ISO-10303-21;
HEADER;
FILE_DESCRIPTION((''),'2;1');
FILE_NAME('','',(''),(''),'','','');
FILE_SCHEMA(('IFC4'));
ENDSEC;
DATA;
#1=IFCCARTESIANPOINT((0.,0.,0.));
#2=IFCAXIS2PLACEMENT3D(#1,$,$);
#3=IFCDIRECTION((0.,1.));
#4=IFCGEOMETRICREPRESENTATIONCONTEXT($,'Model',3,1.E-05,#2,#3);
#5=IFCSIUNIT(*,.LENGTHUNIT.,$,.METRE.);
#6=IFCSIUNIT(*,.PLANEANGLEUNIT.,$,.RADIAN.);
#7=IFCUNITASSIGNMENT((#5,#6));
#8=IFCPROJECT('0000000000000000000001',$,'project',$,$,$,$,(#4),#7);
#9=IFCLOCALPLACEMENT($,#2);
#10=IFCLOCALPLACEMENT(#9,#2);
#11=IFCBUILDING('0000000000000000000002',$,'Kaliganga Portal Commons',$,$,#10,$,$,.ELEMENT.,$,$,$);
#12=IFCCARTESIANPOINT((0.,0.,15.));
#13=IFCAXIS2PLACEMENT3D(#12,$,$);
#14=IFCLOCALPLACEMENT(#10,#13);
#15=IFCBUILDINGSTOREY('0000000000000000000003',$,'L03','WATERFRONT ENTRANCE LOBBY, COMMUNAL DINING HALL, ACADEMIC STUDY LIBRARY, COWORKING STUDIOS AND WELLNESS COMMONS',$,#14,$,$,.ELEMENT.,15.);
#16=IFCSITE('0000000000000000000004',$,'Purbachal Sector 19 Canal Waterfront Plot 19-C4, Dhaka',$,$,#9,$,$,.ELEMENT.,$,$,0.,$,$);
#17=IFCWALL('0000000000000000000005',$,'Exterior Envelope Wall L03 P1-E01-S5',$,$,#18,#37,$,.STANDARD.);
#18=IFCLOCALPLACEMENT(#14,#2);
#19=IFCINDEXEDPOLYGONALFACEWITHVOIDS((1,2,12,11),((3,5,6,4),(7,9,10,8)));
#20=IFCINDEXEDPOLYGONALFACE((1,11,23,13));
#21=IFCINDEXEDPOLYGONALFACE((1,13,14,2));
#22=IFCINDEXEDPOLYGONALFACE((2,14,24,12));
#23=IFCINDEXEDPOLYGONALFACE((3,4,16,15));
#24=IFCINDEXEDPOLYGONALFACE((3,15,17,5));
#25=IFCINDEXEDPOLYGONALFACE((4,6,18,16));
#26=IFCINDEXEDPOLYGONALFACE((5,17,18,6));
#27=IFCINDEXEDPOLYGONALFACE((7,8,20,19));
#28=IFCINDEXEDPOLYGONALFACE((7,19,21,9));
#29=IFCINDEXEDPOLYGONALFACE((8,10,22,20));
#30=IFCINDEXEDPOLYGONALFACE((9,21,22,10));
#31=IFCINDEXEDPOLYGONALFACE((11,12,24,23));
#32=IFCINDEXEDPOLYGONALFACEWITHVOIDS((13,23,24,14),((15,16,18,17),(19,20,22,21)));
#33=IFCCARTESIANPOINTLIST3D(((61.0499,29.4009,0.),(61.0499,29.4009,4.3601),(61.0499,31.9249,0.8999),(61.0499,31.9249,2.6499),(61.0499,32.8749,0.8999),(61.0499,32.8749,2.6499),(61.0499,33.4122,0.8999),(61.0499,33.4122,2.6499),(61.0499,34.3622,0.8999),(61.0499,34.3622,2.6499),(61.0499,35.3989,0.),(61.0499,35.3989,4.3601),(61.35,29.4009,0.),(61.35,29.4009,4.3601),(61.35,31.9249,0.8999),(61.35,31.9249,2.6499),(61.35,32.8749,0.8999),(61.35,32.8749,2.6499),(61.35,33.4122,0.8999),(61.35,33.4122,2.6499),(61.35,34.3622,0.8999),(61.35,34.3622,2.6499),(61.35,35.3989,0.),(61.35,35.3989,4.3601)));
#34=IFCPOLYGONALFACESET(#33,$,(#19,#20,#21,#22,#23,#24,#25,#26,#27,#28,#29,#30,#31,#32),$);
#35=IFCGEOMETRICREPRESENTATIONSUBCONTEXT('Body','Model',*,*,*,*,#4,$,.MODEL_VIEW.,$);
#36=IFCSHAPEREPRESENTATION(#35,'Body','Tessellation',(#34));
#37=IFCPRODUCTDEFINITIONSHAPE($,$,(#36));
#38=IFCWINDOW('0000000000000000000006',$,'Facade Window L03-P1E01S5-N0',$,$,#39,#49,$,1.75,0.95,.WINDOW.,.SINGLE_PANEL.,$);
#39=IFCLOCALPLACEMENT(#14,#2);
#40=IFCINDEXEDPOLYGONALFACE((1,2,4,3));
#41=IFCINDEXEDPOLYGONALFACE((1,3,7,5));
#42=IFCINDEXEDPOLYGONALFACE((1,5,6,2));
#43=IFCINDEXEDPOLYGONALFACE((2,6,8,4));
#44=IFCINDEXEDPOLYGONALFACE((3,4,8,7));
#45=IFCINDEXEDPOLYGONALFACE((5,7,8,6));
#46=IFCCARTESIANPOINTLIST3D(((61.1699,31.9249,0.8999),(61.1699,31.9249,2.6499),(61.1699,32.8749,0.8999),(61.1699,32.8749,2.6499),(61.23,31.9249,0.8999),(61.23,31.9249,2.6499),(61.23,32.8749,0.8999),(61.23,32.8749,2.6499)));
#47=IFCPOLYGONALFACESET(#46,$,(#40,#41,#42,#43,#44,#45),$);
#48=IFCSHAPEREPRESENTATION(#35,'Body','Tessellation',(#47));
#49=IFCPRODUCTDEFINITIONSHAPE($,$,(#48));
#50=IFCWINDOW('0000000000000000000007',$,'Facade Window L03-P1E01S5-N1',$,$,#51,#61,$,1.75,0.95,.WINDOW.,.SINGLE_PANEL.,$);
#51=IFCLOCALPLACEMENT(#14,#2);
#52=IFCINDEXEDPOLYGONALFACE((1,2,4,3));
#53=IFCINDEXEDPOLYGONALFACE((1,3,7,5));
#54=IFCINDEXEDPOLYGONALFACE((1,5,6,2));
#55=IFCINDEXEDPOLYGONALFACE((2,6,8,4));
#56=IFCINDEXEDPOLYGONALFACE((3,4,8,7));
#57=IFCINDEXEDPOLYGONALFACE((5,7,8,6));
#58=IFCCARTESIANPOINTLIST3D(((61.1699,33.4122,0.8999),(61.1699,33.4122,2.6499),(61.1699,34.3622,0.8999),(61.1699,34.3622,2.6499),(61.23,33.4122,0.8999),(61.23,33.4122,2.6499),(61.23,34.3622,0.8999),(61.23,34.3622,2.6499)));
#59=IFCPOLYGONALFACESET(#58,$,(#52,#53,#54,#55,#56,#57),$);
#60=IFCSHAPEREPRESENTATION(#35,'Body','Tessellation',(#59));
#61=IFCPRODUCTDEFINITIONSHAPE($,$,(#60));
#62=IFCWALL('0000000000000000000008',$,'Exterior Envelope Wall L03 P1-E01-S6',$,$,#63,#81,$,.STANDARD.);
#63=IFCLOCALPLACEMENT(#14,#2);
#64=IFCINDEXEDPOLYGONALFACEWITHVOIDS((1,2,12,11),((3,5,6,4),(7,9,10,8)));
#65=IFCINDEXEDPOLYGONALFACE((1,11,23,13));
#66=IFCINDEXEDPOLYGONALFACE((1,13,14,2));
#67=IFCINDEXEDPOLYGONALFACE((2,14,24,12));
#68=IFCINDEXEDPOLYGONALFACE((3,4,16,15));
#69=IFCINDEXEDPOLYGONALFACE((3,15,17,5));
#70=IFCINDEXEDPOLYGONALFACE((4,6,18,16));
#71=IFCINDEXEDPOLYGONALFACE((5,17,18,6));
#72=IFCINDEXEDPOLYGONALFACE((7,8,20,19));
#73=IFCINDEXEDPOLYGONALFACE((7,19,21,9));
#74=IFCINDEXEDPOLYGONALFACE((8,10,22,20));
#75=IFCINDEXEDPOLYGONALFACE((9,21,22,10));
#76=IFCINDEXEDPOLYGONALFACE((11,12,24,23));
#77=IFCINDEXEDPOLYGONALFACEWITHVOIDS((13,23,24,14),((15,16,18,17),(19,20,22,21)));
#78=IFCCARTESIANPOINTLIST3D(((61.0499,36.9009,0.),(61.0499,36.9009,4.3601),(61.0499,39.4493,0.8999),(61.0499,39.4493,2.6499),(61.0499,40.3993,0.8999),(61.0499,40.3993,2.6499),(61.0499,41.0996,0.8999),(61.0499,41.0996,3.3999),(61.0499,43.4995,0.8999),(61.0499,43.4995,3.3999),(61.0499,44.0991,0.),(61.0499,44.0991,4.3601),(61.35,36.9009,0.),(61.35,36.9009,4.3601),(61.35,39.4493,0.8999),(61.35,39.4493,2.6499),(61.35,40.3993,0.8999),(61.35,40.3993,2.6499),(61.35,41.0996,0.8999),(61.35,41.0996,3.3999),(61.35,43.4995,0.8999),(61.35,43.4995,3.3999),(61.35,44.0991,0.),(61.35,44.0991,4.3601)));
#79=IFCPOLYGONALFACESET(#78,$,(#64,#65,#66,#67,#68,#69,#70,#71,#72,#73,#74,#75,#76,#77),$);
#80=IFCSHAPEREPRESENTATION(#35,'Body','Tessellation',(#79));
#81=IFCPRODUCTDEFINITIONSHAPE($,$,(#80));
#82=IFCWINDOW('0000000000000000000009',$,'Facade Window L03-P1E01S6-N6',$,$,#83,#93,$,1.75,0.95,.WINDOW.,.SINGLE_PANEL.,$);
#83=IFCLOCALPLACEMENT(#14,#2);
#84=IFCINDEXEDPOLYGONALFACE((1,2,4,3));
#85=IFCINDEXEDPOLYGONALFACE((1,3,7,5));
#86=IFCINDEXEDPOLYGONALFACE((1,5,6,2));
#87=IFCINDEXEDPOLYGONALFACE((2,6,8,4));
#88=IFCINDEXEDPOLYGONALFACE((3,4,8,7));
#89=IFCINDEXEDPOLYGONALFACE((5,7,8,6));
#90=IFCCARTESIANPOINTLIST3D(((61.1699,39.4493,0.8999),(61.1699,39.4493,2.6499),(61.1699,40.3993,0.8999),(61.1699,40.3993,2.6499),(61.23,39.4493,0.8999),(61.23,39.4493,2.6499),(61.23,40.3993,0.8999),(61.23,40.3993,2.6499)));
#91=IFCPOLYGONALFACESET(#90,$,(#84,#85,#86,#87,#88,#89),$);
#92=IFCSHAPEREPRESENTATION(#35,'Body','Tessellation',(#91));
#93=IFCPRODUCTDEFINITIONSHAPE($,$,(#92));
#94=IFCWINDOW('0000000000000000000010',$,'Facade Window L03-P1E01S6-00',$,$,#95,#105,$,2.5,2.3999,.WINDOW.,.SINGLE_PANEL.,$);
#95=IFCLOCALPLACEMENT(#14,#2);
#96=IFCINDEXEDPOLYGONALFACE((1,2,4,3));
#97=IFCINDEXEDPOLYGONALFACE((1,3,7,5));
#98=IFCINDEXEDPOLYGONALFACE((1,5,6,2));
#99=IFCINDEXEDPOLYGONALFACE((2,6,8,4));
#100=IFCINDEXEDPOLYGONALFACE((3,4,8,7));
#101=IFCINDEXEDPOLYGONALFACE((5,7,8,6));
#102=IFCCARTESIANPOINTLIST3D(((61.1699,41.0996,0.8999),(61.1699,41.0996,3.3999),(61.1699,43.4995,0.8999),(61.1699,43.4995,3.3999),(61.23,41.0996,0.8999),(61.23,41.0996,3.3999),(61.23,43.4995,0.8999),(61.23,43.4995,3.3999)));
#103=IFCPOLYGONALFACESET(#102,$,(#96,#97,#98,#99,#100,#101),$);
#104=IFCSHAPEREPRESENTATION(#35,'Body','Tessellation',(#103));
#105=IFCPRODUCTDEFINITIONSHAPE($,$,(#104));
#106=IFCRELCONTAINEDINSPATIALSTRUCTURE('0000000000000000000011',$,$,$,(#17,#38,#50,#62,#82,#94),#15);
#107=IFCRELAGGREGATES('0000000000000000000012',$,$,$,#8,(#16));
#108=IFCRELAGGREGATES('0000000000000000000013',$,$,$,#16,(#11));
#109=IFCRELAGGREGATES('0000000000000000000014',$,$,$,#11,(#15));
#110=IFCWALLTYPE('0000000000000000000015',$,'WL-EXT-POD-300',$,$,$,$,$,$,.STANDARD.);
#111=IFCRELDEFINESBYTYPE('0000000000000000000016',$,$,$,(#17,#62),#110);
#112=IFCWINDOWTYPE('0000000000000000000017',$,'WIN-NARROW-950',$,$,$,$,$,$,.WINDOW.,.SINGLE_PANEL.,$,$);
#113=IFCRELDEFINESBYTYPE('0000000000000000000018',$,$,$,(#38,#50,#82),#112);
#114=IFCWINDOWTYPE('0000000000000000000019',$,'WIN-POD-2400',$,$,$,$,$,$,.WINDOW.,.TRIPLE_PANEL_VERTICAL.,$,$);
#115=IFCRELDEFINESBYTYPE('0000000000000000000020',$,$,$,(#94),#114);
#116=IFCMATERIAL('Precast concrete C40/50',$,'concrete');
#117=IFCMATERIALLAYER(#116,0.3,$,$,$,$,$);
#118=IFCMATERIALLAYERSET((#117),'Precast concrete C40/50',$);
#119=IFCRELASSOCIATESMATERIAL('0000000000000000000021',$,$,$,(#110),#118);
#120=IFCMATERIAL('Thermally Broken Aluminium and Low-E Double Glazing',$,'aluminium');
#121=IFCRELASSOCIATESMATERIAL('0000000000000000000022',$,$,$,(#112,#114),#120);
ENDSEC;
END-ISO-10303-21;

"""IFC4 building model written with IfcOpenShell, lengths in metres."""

from ifc_helpers import new_model, si_unit, direction, frame, frame_2d, origin, place, context, subcontext, project, spatial, rectangle, extrude, material, layer, layer_set, type_object, element, fill, save


model = new_model("IFC4")

# Units and contexts
model_context = context("Model", 3, precision=1e-05, world=origin(), true_north=direction((0.0, 1.0)))
body_context = subcontext(model_context, "Body", "Model", "MODEL_VIEW")
ifc_project = project(units=[si_unit("LENGTHUNIT", "METRE"), si_unit("PLANEANGLEUNIT", "RADIAN")], contexts=[model_context])

# Site, building, storey
site_placement = place(None, origin())
site = spatial("IfcSite", under=ifc_project, at=site_placement, Name="Purbachal Sector 19 Canal Waterfront Plot 19-C4, Dhaka", CompositionType="ELEMENT", RefElevation=0.0)
building_placement = place(site_placement, origin())
building = spatial("IfcBuilding", under=site, at=building_placement, Name="Kaliganga Portal Commons", CompositionType="ELEMENT")
storey_placement = place(building_placement, frame((0.0, 0.0, 15.0)))
storey = spatial("IfcBuildingStorey", under=building, at=storey_placement, Name="L03", Description="WATERFRONT ENTRANCE LOBBY, COMMUNAL DINING HALL, ACADEMIC STUDY LIBRARY, COWORKING STUDIOS AND WELLNESS COMMONS", CompositionType="ELEMENT", Elevation=15.0)

# Walls, openings, windows
ifc_material_1 = material(Name="Precast concrete C40/50", Category="concrete")
ifc_layer_1 = layer(ifc_material_1, 0.3)
ifc_layer_set_1 = layer_set([ifc_layer_1], Name="Precast concrete C40/50")
wall_type_1 = type_object("IfcWallType", Name="WL-EXT-POD-300", PredefinedType="STANDARD", material=ifc_layer_set_1)
wall_1_placement = place(storey_placement, frame((61.2, 35.3989, 0.0), z_axis=(0.0, 0.0, 1.0), x_axis=(0.0, -1.0, 0.0)))
wall_1 = element("IfcWall", 1, at=wall_1_placement, inside=storey, type_object=wall_type_1, Name="Exterior Envelope Wall L03 P1-E01-S5", PredefinedType="STANDARD", context=body_context, shape_type="SweptSolid", body=[
    extrude(rectangle(XDim=5.998, YDim=0.3, at=frame_2d((2.999, 0.0))), origin(), (0.0, 0.0, 1.0), 4.3601),
])
opening_1_placement = place(wall_1_placement, frame((2.5239, 0.0, 0.8999)))
opening_1 = element("IfcOpeningElement", 2, at=opening_1_placement, cuts=wall_1, PredefinedType="OPENING", context=body_context, shape_type="SweptSolid", body=[
    extrude(rectangle(XDim=0.95, YDim=1.75, at=frame_2d((0.4751, 0.875))), frame((0.0, 0.1602, 0.0), z_axis=(0.0, -1.0, 0.0), x_axis=(1.0, 0.0, 0.0)), (0.0, 0.0, 1.0), 0.3201),
])
opening_2_placement = place(wall_1_placement, frame((1.0366, 0.0, 0.8999)))
opening_2 = element("IfcOpeningElement", 3, at=opening_2_placement, cuts=wall_1, PredefinedType="OPENING", context=body_context, shape_type="SweptSolid", body=[
    extrude(rectangle(XDim=0.95, YDim=1.75, at=frame_2d((0.4751, 0.875))), frame((0.0, 0.1602, 0.0), z_axis=(0.0, -1.0, 0.0), x_axis=(1.0, 0.0, 0.0)), (0.0, 0.0, 1.0), 0.3201),
])
ifc_material_2 = material(Name="Thermally Broken Aluminium and Low-E Double Glazing", Category="aluminium")
window_type_1 = type_object("IfcWindowType", Name="WIN-NARROW-950", PartitioningType="SINGLE_PANEL", PredefinedType="WINDOW", material=ifc_material_2)
window_1_placement = place(opening_1_placement, origin())
window_1 = element("IfcWindow", 4, at=window_1_placement, inside=storey, type_object=window_type_1, Name="Facade Window L03-P1E01S5-N0", OverallHeight=1.75, OverallWidth=0.95, PartitioningType="SINGLE_PANEL", PredefinedType="WINDOW", context=body_context, shape_type="SweptSolid", body=[
    extrude(rectangle(XDim=0.95, YDim=1.75, at=frame_2d((0.4751, 0.875))), frame((0.0, 0.03, 0.0), z_axis=(0.0, -1.0, 0.0), x_axis=(1.0, 0.0, 0.0)), (0.0, 0.0, 1.0), 0.0601),
])
fill(opening_1, window_1)
window_2_placement = place(opening_2_placement, origin())
window_2 = element("IfcWindow", 5, at=window_2_placement, inside=storey, type_object=window_type_1, Name="Facade Window L03-P1E01S5-N1", OverallHeight=1.75, OverallWidth=0.95, PartitioningType="SINGLE_PANEL", PredefinedType="WINDOW", context=body_context, shape_type="SweptSolid", body=[
    extrude(rectangle(XDim=0.95, YDim=1.75, at=frame_2d((0.4751, 0.875))), frame((0.0, 0.03, 0.0), z_axis=(0.0, -1.0, 0.0), x_axis=(1.0, 0.0, 0.0)), (0.0, 0.0, 1.0), 0.0601),
])
fill(opening_2, window_2)
wall_2_placement = place(storey_placement, frame((61.2, 44.0991, 0.0), z_axis=(0.0, 0.0, 1.0), x_axis=(0.0, -1.0, 0.0)))
wall_2 = element("IfcWall", 6, at=wall_2_placement, inside=storey, type_object=wall_type_1, Name="Exterior Envelope Wall L03 P1-E01-S6", PredefinedType="STANDARD", context=body_context, shape_type="SweptSolid", body=[
    extrude(rectangle(XDim=7.1982, YDim=0.3, at=frame_2d((3.5991, 0.0))), origin(), (0.0, 0.0, 1.0), 4.3601),
])
opening_3_placement = place(wall_2_placement, frame((0.5996, 0.0, 0.8999)))
opening_3 = element("IfcOpeningElement", 7, at=opening_3_placement, cuts=wall_2, PredefinedType="OPENING", context=body_context, shape_type="SweptSolid", body=[
    extrude(rectangle(XDim=2.3999, YDim=2.5, at=frame_2d((1.2, 1.25))), frame((0.0, 0.1602, 0.0), z_axis=(0.0, -1.0, 0.0), x_axis=(1.0, 0.0, 0.0)), (0.0, 0.0, 1.0), 0.3201),
])
opening_4_placement = place(wall_2_placement, frame((3.6997, 0.0, 0.8999)))
opening_4 = element("IfcOpeningElement", 8, at=opening_4_placement, cuts=wall_2, PredefinedType="OPENING", context=body_context, shape_type="SweptSolid", body=[
    extrude(rectangle(XDim=0.95, YDim=1.75, at=frame_2d((0.4751, 0.875))), frame((0.0, 0.1602, 0.0), z_axis=(0.0, -1.0, 0.0), x_axis=(1.0, 0.0, 0.0)), (0.0, 0.0, 1.0), 0.3201),
])
window_3_placement = place(opening_4_placement, origin())
window_3 = element("IfcWindow", 9, at=window_3_placement, inside=storey, type_object=window_type_1, Name="Facade Window L03-P1E01S6-N6", OverallHeight=1.75, OverallWidth=0.95, PartitioningType="SINGLE_PANEL", PredefinedType="WINDOW", context=body_context, shape_type="SweptSolid", body=[
    extrude(rectangle(XDim=0.95, YDim=1.75, at=frame_2d((0.4751, 0.875))), frame((0.0, 0.03, 0.0), z_axis=(0.0, -1.0, 0.0), x_axis=(1.0, 0.0, 0.0)), (0.0, 0.0, 1.0), 0.0601),
])
fill(opening_4, window_3)
window_type_2 = type_object("IfcWindowType", Name="WIN-POD-2400", PartitioningType="TRIPLE_PANEL_VERTICAL", PredefinedType="WINDOW", material=ifc_material_2)
window_4_placement = place(opening_3_placement, origin())
window_4 = element("IfcWindow", 10, at=window_4_placement, inside=storey, type_object=window_type_2, Name="Facade Window L03-P1E01S6-00", OverallHeight=2.5, OverallWidth=2.3999, PartitioningType="SINGLE_PANEL", PredefinedType="WINDOW", context=body_context, shape_type="SweptSolid", body=[
    extrude(rectangle(XDim=2.3999, YDim=2.5, at=frame_2d((1.2, 1.25))), frame((0.0, 0.03, 0.0), z_axis=(0.0, -1.0, 0.0), x_axis=(1.0, 0.0, 0.0)), (0.0, 0.0, 1.0), 0.0601),
])
fill(opening_3, window_4)

save(model, "model.ifc")
